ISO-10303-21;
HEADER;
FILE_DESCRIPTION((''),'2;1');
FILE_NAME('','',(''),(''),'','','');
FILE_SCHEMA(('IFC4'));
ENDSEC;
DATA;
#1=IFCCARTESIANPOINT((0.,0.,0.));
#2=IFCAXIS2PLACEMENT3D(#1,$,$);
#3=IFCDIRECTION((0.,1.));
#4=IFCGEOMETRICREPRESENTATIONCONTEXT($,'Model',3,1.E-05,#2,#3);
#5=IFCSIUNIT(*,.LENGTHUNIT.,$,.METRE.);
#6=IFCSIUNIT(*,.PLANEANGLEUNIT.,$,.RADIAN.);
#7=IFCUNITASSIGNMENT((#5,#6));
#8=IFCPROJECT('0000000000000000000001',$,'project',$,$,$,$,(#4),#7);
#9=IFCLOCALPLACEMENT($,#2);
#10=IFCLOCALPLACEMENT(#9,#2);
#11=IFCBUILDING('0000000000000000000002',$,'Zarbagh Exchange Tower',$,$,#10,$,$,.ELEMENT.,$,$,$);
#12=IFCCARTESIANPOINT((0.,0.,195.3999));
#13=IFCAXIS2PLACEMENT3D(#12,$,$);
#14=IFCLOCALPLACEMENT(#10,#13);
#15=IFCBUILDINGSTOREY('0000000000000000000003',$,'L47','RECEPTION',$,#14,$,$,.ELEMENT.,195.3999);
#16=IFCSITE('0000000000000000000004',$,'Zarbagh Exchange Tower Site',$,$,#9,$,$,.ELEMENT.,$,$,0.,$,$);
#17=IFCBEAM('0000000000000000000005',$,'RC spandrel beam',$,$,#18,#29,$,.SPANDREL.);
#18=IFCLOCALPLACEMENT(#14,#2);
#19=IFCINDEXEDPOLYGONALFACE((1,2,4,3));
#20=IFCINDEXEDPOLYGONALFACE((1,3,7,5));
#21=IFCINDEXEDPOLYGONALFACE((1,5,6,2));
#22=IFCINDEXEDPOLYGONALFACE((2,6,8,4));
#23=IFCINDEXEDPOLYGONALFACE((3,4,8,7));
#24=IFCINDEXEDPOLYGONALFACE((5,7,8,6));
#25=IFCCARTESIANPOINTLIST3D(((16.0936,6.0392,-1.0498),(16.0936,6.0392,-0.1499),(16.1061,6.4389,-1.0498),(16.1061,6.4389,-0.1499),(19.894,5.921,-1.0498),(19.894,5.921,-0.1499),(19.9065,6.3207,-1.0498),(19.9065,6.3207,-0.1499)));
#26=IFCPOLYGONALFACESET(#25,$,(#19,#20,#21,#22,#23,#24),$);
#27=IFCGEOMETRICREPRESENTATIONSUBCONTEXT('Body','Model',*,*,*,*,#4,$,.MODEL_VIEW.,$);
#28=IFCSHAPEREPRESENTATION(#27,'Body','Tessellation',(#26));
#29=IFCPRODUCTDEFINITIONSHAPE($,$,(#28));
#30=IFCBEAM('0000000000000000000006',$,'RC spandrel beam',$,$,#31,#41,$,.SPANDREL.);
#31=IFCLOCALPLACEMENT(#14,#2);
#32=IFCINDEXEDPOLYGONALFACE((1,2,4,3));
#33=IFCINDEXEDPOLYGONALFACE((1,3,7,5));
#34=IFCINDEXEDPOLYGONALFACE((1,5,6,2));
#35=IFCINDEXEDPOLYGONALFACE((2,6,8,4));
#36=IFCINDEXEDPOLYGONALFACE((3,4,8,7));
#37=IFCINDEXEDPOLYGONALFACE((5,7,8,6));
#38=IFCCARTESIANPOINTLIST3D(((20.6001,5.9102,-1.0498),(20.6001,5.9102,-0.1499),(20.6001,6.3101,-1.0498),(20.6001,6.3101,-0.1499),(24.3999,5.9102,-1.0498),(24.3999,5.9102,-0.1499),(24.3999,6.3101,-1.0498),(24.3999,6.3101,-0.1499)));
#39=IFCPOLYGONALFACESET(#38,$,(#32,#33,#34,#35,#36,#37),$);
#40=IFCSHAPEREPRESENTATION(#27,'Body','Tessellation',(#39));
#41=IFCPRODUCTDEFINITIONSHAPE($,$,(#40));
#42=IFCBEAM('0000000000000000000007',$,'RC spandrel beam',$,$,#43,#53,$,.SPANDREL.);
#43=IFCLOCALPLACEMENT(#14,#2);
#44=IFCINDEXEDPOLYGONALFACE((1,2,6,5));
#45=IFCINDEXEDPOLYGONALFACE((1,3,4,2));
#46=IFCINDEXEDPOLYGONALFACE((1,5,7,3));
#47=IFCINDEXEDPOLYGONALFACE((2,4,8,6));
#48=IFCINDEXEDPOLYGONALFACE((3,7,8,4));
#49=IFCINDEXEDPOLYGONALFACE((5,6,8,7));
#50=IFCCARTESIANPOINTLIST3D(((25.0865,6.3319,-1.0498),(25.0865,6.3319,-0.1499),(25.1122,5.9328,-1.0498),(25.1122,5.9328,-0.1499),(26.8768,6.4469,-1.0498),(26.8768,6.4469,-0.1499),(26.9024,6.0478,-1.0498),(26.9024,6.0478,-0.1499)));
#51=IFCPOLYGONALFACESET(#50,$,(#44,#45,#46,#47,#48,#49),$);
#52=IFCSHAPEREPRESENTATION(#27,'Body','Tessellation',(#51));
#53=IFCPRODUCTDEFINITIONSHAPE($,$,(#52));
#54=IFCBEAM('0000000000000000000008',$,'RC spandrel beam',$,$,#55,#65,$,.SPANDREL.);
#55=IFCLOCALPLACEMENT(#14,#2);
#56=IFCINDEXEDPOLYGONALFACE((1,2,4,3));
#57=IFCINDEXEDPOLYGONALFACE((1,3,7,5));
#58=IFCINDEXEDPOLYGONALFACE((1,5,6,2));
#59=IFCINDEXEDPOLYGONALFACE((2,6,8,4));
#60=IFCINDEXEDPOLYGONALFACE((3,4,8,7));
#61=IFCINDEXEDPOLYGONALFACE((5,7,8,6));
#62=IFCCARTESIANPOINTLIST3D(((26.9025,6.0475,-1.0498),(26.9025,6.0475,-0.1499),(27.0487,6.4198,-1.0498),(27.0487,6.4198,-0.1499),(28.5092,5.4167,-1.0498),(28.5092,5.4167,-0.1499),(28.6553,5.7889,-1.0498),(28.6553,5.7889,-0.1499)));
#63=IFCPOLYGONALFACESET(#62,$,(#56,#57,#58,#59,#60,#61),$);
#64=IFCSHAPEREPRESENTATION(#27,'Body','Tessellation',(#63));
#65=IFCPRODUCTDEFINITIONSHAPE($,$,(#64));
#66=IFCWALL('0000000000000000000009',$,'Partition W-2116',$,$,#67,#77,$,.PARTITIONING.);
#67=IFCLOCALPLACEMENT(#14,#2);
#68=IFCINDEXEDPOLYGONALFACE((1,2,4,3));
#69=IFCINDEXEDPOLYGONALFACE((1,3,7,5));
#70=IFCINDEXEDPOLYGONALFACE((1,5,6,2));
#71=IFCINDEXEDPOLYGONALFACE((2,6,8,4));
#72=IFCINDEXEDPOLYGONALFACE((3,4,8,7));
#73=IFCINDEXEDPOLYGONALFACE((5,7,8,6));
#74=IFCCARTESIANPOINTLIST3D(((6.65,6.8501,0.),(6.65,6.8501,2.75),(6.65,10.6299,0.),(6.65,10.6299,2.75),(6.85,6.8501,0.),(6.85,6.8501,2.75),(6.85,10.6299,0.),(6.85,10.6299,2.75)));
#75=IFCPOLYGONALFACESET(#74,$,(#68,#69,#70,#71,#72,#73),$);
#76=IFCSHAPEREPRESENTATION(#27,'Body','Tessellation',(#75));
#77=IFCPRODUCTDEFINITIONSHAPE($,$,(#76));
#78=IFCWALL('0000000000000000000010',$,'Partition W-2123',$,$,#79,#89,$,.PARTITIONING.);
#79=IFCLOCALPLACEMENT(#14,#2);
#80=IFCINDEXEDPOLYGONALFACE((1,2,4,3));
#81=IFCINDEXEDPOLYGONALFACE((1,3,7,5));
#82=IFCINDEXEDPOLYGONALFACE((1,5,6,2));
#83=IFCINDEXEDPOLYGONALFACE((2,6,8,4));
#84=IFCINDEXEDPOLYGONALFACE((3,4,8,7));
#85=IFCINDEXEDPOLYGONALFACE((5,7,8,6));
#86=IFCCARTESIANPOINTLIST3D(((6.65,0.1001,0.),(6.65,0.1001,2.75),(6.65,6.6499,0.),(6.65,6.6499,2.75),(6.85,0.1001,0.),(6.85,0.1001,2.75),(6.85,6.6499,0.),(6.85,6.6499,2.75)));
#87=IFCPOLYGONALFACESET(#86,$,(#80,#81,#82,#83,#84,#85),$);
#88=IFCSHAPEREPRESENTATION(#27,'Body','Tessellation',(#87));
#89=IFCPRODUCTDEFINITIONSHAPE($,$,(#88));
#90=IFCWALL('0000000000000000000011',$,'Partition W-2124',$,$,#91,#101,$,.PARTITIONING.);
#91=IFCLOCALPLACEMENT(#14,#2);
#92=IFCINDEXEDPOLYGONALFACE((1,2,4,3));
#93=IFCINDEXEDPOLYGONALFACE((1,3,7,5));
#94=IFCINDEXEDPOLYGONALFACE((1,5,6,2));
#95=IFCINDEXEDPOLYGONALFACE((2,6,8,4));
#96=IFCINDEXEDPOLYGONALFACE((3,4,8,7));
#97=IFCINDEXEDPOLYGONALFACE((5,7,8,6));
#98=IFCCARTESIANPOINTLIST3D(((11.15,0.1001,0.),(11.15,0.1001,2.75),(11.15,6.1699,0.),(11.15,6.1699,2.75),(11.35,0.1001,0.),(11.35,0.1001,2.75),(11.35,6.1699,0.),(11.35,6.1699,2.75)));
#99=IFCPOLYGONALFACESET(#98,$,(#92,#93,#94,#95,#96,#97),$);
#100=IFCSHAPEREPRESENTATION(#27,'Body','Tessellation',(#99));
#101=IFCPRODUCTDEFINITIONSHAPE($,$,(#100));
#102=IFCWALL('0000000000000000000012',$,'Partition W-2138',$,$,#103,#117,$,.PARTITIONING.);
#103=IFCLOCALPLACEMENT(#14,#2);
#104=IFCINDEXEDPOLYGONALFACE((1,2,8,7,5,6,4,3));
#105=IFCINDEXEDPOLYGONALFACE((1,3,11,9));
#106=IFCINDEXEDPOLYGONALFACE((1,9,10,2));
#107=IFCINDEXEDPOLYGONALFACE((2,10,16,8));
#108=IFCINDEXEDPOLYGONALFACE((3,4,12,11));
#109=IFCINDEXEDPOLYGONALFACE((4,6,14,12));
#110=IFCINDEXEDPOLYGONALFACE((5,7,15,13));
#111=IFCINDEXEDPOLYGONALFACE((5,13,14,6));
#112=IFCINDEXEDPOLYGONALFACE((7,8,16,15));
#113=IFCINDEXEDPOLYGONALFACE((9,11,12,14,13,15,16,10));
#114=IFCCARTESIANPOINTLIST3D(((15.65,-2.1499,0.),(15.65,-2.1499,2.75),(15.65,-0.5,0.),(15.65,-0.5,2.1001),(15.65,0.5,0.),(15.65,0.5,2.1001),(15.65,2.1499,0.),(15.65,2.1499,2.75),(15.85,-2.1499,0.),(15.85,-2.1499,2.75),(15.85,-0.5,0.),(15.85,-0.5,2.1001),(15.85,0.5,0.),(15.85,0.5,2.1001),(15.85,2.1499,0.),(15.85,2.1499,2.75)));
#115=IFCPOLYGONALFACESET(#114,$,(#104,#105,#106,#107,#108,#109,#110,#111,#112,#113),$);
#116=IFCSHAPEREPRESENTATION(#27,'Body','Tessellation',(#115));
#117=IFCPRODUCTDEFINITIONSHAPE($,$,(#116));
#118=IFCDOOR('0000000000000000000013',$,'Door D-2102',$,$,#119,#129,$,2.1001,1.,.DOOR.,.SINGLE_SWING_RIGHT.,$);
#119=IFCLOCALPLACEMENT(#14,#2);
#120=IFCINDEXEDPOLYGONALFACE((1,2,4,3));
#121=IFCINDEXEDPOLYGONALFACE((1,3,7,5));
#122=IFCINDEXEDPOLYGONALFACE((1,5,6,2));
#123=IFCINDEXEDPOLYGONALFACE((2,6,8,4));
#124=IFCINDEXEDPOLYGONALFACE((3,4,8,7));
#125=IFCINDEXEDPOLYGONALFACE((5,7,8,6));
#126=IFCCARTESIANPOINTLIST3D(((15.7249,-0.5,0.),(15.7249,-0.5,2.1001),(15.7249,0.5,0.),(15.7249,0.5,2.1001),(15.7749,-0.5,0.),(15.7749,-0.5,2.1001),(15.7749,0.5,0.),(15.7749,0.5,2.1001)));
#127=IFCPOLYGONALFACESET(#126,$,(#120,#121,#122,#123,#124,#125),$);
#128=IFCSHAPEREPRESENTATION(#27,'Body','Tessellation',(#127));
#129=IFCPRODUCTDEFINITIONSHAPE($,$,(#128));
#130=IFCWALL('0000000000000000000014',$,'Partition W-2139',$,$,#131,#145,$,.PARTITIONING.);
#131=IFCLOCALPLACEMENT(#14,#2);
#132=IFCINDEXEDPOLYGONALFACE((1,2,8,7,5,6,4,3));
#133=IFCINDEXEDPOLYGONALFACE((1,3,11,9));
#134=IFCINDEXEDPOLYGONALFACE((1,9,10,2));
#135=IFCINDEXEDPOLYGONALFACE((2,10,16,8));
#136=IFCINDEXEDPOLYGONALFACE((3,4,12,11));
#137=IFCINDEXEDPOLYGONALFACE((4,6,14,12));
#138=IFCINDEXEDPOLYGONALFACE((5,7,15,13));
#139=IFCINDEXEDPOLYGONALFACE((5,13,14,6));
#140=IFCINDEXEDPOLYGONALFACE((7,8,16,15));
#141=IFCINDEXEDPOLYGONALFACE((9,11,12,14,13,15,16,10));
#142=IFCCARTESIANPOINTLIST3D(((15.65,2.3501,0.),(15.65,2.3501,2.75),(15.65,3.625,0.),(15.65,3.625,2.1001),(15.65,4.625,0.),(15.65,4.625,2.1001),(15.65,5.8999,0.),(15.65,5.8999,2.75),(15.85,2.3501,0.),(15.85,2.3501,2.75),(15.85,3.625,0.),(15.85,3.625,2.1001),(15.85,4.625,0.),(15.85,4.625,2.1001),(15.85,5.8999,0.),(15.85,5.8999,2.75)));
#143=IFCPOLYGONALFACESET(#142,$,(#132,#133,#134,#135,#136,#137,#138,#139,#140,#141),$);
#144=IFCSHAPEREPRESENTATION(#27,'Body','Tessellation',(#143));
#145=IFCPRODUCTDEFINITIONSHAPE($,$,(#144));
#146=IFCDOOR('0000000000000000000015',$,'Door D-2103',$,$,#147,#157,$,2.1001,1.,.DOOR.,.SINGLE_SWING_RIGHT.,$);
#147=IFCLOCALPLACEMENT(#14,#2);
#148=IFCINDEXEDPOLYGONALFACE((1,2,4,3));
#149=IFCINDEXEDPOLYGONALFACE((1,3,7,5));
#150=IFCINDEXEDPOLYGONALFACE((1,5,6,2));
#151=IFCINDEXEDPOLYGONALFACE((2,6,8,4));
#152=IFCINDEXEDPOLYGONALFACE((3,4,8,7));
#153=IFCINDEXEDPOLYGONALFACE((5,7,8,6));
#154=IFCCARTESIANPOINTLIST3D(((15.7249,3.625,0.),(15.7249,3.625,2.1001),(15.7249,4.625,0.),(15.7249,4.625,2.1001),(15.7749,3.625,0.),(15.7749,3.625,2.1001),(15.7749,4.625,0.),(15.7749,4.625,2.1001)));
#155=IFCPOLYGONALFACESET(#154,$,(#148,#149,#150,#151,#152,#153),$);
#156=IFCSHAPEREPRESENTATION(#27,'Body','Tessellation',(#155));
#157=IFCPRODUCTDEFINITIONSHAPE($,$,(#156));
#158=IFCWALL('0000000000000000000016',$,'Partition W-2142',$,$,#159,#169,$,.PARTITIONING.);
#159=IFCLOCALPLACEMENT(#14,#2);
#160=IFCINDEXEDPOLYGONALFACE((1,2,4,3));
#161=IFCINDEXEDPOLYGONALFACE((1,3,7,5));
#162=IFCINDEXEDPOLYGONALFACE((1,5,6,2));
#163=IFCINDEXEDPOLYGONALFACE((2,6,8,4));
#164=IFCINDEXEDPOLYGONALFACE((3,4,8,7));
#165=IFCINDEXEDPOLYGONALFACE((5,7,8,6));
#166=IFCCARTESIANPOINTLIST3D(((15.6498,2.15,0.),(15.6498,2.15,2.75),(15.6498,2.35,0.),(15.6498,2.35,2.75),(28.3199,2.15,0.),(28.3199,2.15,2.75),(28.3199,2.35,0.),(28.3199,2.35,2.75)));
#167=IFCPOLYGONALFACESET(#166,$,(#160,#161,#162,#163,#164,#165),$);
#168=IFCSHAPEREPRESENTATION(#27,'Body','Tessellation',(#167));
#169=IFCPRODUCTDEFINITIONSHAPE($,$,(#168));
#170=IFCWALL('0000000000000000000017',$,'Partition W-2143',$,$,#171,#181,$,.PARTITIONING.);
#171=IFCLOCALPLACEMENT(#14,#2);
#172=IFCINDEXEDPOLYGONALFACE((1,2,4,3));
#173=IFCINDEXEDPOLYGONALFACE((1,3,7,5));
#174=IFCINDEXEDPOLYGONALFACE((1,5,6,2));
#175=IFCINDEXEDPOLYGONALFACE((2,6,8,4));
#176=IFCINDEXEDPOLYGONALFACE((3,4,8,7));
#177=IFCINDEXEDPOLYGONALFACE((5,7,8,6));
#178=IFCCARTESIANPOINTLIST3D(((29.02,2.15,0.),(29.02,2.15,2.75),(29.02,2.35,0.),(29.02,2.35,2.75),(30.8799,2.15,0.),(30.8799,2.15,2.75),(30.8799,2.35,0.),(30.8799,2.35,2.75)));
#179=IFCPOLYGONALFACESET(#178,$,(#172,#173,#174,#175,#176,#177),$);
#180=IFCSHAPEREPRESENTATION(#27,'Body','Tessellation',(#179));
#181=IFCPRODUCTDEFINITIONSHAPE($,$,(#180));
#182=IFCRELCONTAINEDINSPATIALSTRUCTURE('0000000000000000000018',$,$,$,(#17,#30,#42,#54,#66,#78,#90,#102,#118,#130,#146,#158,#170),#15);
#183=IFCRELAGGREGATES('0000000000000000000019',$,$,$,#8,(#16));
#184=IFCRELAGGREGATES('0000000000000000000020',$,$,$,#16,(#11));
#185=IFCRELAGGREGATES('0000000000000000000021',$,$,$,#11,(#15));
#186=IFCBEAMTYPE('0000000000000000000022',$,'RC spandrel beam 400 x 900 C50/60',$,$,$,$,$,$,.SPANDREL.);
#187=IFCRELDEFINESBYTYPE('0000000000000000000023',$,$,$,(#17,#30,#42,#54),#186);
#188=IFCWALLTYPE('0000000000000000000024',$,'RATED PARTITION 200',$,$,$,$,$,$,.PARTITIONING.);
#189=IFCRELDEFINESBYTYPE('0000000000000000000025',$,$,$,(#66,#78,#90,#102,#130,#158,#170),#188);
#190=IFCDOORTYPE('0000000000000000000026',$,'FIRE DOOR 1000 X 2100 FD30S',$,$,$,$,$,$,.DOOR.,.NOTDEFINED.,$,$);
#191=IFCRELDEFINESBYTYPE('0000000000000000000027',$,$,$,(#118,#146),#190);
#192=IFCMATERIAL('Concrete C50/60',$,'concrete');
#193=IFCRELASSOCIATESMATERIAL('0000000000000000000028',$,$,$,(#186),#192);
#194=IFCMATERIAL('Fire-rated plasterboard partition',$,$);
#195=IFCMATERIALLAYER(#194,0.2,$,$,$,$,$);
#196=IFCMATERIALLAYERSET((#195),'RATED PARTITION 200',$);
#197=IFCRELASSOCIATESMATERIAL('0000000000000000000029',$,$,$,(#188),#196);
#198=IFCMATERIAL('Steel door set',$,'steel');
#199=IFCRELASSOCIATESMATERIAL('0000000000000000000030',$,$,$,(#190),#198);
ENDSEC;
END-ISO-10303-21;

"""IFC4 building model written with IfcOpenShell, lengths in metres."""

from ifc_helpers import new_model, si_unit, direction, frame, frame_2d, origin, origin_2d, place, context, subcontext, project, spatial, rectangle, extrude, material, layer, layer_set, material_profile, profile_set, type_object, element, fill, save


model = new_model("IFC4")

# Units and contexts
model_context = context("Model", 3, precision=1e-05, world=origin(), true_north=direction((0.0, 1.0)))
body_context = subcontext(model_context, "Body", "Model", "MODEL_VIEW")
ifc_project = project(units=[si_unit("LENGTHUNIT", "METRE"), si_unit("PLANEANGLEUNIT", "RADIAN")], contexts=[model_context])

# Site, building, storey
site_placement = place(None, origin())
site = spatial("IfcSite", under=ifc_project, at=site_placement, Name="Zarbagh Exchange Tower Site", CompositionType="ELEMENT", RefElevation=0.0)
building_placement = place(site_placement, origin())
building = spatial("IfcBuilding", under=site, at=building_placement, Name="Zarbagh Exchange Tower", CompositionType="ELEMENT")
storey_placement = place(building_placement, frame((0.0, 0.0, 195.3999)))
storey = spatial("IfcBuildingStorey", under=building, at=storey_placement, Name="L47", Description="RECEPTION", CompositionType="ELEMENT", Elevation=195.3999)

# Shared definitions
ifc_material_1 = material(Name="Concrete C50/60", Category="concrete")

# Beams
ifc_material_profile_1 = material_profile(ifc_material_1, rectangle(XDim=0.3999, YDim=0.8999, at=origin_2d()), Name="RC spandrel beam 400 x 900 C50/60")
ifc_profile_set_1 = profile_set([ifc_material_profile_1], Name="Concrete C50/60")
beam_type_1 = type_object("IfcBeamType", Name="RC spandrel beam 400 x 900 C50/60", PredefinedType="SPANDREL", material=ifc_profile_set_1)
beam_1_placement = place(storey_placement, frame((16.0999, 6.239, -0.5999), z_axis=(0.999517, -0.031078, 0.0), x_axis=(0.031078, 0.999517, 0.0)))
element("IfcBeam", 1, at=beam_1_placement, inside=storey, type_object=beam_type_1, Name="RC spandrel beam", PredefinedType="SPANDREL", context=body_context, shape_type="SweptSolid", body=[
    extrude(rectangle(XDim=0.3999, YDim=0.8999, at=origin_2d()), origin(), (0.0, 0.0, 1.0), 3.8022),
])
beam_2_placement = place(storey_placement, frame((20.6001, 6.1101, -0.5999), z_axis=(1.0, 0.0, 0.0), x_axis=(0.0, 1.0, 0.0)))
element("IfcBeam", 2, at=beam_2_placement, inside=storey, type_object=beam_type_1, Name="RC spandrel beam", PredefinedType="SPANDREL", context=body_context, shape_type="SweptSolid", body=[
    extrude(rectangle(XDim=0.3999, YDim=0.8999, at=origin_2d()), origin(), (0.0, 0.0, 1.0), 3.7998),
])
beam_3_placement = place(storey_placement, frame((25.0994, 6.1323, -0.5999), z_axis=(0.997944, 0.064098, 0.0), x_axis=(-0.064098, 0.997944, 0.0)))
element("IfcBeam", 3, at=beam_3_placement, inside=storey, type_object=beam_type_1, Name="RC spandrel beam", PredefinedType="SPANDREL", context=body_context, shape_type="SweptSolid", body=[
    extrude(rectangle(XDim=0.3999, YDim=0.8999, at=origin_2d()), origin(), (0.0, 0.0, 1.0), 1.7939),
])
beam_4_placement = place(storey_placement, frame((26.9756, 6.2336, -0.5999), z_axis=(0.930819, -0.365482, 0.0), x_axis=(0.365482, 0.930819, 0.0)))
element("IfcBeam", 4, at=beam_4_placement, inside=storey, type_object=beam_type_1, Name="RC spandrel beam", PredefinedType="SPANDREL", context=body_context, shape_type="SweptSolid", body=[
    extrude(rectangle(XDim=0.3999, YDim=0.8999, at=origin_2d()), origin(), (0.0, 0.0, 1.0), 1.7261),
])

# Walls
ifc_material_2 = material(Name="Fire-rated plasterboard partition")
ifc_layer = layer(ifc_material_2, 0.2)
ifc_layer_set = layer_set([ifc_layer], Name="RATED PARTITION 200")
wall_type = type_object("IfcWallType", Name="RATED PARTITION 200", PredefinedType="PARTITIONING", material=ifc_layer_set)
wall_1_placement = place(storey_placement, frame((6.75, 6.8501, 0.0), z_axis=(0.0, 0.0, 1.0), x_axis=(0.0, 1.0, 0.0)))
element("IfcWall", 5, at=wall_1_placement, inside=storey, type_object=wall_type, Name="Partition W-2116", PredefinedType="PARTITIONING", context=body_context, shape_type="SweptSolid", body=[
    extrude(rectangle(XDim=3.7798, YDim=0.2, at=frame_2d((1.8899, 0.0))), origin(), (0.0, 0.0, 1.0), 2.75),
])
wall_2_placement = place(storey_placement, frame((6.75, 0.1001, 0.0), z_axis=(0.0, 0.0, 1.0), x_axis=(0.0, 1.0, 0.0)))
element("IfcWall", 6, at=wall_2_placement, inside=storey, type_object=wall_type, Name="Partition W-2123", PredefinedType="PARTITIONING", context=body_context, shape_type="SweptSolid", body=[
    extrude(rectangle(XDim=6.5498, YDim=0.2, at=frame_2d((3.2749, 0.0))), origin(), (0.0, 0.0, 1.0), 2.75),
])
wall_3_placement = place(storey_placement, frame((11.25, 0.1001, 0.0), z_axis=(0.0, 0.0, 1.0), x_axis=(0.0, 1.0, 0.0)))
element("IfcWall", 7, at=wall_3_placement, inside=storey, type_object=wall_type, Name="Partition W-2124", PredefinedType="PARTITIONING", context=body_context, shape_type="SweptSolid", body=[
    extrude(rectangle(XDim=6.0698, YDim=0.2, at=frame_2d((3.0349, 0.0))), origin(), (0.0, 0.0, 1.0), 2.75),
])

# Walls, openings, doors
wall_4_placement = place(storey_placement, frame((15.75, 2.1499, 0.0), z_axis=(0.0, 0.0, 1.0), x_axis=(0.0, -1.0, 0.0)))
wall_4 = element("IfcWall", 8, at=wall_4_placement, inside=storey, type_object=wall_type, Name="Partition W-2138", PredefinedType="PARTITIONING", context=body_context, shape_type="SweptSolid", body=[
    extrude(rectangle(XDim=4.2998, YDim=0.2, at=frame_2d((2.1499, 0.0))), origin(), (0.0, 0.0, 1.0), 2.75),
])
opening_1_placement = place(wall_4_placement, frame((1.6499, 0.0, 0.0)))
opening_1 = element("IfcOpeningElement", 9, at=opening_1_placement, cuts=wall_4, PredefinedType="OPENING", context=body_context, shape_type="SweptSolid", body=[
    extrude(rectangle(XDim=1.0, YDim=2.1001, at=frame_2d((0.5, 1.05))), frame((0.0, 0.1099, 0.0), z_axis=(0.0, -1.0, 0.0), x_axis=(1.0, 0.0, 0.0)), (0.0, 0.0, 1.0), 0.22),
])
ifc_material_3 = material(Name="Steel door set", Category="steel")
door_type = type_object("IfcDoorType", Name="FIRE DOOR 1000 X 2100 FD30S", OperationType="NOTDEFINED", PredefinedType="DOOR", material=ifc_material_3)
door_1_placement = place(opening_1_placement, origin())
door_1 = element("IfcDoor", 10, at=door_1_placement, inside=storey, type_object=door_type, Name="Door D-2102", OperationType="SINGLE_SWING_RIGHT", OverallHeight=2.1001, OverallWidth=1.0, PredefinedType="DOOR", context=body_context, shape_type="SweptSolid", body=[
    extrude(rectangle(XDim=1.0, YDim=2.1001, at=frame_2d((0.5, 1.05))), frame((0.0, 0.0249, 0.0), z_axis=(0.0, -1.0, 0.0), x_axis=(1.0, 0.0, 0.0)), (0.0, 0.0, 1.0), 0.05),
])
fill(opening_1, door_1)
wall_5_placement = place(storey_placement, frame((15.75, 5.8999, 0.0), z_axis=(0.0, 0.0, 1.0), x_axis=(0.0, -1.0, 0.0)))
wall_5 = element("IfcWall", 11, at=wall_5_placement, inside=storey, type_object=wall_type, Name="Partition W-2139", PredefinedType="PARTITIONING", context=body_context, shape_type="SweptSolid", body=[
    extrude(rectangle(XDim=3.5498, YDim=0.2, at=frame_2d((1.7749, 0.0))), origin(), (0.0, 0.0, 1.0), 2.75),
])
opening_2_placement = place(wall_5_placement, frame((1.2749, 0.0, 0.0)))
opening_2 = element("IfcOpeningElement", 12, at=opening_2_placement, cuts=wall_5, PredefinedType="OPENING", context=body_context, shape_type="SweptSolid", body=[
    extrude(rectangle(XDim=1.0, YDim=2.1001, at=frame_2d((0.5, 1.05))), frame((0.0, 0.1099, 0.0), z_axis=(0.0, -1.0, 0.0), x_axis=(1.0, 0.0, 0.0)), (0.0, 0.0, 1.0), 0.22),
])
door_2_placement = place(opening_2_placement, origin())
door_2 = element("IfcDoor", 13, at=door_2_placement, inside=storey, type_object=door_type, Name="Door D-2103", OperationType="SINGLE_SWING_RIGHT", OverallHeight=2.1001, OverallWidth=1.0, PredefinedType="DOOR", context=body_context, shape_type="SweptSolid", body=[
    extrude(rectangle(XDim=1.0, YDim=2.1001, at=frame_2d((0.5, 1.05))), frame((0.0, 0.0249, 0.0), z_axis=(0.0, -1.0, 0.0), x_axis=(1.0, 0.0, 0.0)), (0.0, 0.0, 1.0), 0.05),
])
fill(opening_2, door_2)

# Walls
wall_6_placement = place(storey_placement, frame((15.6499, 2.25, 0.0), z_axis=(0.0, 0.0, 1.0), x_axis=(1.0, 0.0, 0.0)))
element("IfcWall", 14, at=wall_6_placement, inside=storey, type_object=wall_type, Name="Partition W-2142", PredefinedType="PARTITIONING", context=body_context, shape_type="SweptSolid", body=[
    extrude(rectangle(XDim=12.6702, YDim=0.2, at=frame_2d((6.335, 0.0))), origin(), (0.0, 0.0, 1.0), 2.75),
])
wall_7_placement = place(storey_placement, frame((29.02, 2.25, 0.0), z_axis=(0.0, 0.0, 1.0), x_axis=(1.0, 0.0, 0.0)))
element("IfcWall", 15, at=wall_7_placement, inside=storey, type_object=wall_type, Name="Partition W-2143", PredefinedType="PARTITIONING", context=body_context, shape_type="SweptSolid", body=[
    extrude(rectangle(XDim=1.8599, YDim=0.2, at=frame_2d((0.9299, 0.0))), origin(), (0.0, 0.0, 1.0), 2.75),
])

save(model, "model.ifc")
